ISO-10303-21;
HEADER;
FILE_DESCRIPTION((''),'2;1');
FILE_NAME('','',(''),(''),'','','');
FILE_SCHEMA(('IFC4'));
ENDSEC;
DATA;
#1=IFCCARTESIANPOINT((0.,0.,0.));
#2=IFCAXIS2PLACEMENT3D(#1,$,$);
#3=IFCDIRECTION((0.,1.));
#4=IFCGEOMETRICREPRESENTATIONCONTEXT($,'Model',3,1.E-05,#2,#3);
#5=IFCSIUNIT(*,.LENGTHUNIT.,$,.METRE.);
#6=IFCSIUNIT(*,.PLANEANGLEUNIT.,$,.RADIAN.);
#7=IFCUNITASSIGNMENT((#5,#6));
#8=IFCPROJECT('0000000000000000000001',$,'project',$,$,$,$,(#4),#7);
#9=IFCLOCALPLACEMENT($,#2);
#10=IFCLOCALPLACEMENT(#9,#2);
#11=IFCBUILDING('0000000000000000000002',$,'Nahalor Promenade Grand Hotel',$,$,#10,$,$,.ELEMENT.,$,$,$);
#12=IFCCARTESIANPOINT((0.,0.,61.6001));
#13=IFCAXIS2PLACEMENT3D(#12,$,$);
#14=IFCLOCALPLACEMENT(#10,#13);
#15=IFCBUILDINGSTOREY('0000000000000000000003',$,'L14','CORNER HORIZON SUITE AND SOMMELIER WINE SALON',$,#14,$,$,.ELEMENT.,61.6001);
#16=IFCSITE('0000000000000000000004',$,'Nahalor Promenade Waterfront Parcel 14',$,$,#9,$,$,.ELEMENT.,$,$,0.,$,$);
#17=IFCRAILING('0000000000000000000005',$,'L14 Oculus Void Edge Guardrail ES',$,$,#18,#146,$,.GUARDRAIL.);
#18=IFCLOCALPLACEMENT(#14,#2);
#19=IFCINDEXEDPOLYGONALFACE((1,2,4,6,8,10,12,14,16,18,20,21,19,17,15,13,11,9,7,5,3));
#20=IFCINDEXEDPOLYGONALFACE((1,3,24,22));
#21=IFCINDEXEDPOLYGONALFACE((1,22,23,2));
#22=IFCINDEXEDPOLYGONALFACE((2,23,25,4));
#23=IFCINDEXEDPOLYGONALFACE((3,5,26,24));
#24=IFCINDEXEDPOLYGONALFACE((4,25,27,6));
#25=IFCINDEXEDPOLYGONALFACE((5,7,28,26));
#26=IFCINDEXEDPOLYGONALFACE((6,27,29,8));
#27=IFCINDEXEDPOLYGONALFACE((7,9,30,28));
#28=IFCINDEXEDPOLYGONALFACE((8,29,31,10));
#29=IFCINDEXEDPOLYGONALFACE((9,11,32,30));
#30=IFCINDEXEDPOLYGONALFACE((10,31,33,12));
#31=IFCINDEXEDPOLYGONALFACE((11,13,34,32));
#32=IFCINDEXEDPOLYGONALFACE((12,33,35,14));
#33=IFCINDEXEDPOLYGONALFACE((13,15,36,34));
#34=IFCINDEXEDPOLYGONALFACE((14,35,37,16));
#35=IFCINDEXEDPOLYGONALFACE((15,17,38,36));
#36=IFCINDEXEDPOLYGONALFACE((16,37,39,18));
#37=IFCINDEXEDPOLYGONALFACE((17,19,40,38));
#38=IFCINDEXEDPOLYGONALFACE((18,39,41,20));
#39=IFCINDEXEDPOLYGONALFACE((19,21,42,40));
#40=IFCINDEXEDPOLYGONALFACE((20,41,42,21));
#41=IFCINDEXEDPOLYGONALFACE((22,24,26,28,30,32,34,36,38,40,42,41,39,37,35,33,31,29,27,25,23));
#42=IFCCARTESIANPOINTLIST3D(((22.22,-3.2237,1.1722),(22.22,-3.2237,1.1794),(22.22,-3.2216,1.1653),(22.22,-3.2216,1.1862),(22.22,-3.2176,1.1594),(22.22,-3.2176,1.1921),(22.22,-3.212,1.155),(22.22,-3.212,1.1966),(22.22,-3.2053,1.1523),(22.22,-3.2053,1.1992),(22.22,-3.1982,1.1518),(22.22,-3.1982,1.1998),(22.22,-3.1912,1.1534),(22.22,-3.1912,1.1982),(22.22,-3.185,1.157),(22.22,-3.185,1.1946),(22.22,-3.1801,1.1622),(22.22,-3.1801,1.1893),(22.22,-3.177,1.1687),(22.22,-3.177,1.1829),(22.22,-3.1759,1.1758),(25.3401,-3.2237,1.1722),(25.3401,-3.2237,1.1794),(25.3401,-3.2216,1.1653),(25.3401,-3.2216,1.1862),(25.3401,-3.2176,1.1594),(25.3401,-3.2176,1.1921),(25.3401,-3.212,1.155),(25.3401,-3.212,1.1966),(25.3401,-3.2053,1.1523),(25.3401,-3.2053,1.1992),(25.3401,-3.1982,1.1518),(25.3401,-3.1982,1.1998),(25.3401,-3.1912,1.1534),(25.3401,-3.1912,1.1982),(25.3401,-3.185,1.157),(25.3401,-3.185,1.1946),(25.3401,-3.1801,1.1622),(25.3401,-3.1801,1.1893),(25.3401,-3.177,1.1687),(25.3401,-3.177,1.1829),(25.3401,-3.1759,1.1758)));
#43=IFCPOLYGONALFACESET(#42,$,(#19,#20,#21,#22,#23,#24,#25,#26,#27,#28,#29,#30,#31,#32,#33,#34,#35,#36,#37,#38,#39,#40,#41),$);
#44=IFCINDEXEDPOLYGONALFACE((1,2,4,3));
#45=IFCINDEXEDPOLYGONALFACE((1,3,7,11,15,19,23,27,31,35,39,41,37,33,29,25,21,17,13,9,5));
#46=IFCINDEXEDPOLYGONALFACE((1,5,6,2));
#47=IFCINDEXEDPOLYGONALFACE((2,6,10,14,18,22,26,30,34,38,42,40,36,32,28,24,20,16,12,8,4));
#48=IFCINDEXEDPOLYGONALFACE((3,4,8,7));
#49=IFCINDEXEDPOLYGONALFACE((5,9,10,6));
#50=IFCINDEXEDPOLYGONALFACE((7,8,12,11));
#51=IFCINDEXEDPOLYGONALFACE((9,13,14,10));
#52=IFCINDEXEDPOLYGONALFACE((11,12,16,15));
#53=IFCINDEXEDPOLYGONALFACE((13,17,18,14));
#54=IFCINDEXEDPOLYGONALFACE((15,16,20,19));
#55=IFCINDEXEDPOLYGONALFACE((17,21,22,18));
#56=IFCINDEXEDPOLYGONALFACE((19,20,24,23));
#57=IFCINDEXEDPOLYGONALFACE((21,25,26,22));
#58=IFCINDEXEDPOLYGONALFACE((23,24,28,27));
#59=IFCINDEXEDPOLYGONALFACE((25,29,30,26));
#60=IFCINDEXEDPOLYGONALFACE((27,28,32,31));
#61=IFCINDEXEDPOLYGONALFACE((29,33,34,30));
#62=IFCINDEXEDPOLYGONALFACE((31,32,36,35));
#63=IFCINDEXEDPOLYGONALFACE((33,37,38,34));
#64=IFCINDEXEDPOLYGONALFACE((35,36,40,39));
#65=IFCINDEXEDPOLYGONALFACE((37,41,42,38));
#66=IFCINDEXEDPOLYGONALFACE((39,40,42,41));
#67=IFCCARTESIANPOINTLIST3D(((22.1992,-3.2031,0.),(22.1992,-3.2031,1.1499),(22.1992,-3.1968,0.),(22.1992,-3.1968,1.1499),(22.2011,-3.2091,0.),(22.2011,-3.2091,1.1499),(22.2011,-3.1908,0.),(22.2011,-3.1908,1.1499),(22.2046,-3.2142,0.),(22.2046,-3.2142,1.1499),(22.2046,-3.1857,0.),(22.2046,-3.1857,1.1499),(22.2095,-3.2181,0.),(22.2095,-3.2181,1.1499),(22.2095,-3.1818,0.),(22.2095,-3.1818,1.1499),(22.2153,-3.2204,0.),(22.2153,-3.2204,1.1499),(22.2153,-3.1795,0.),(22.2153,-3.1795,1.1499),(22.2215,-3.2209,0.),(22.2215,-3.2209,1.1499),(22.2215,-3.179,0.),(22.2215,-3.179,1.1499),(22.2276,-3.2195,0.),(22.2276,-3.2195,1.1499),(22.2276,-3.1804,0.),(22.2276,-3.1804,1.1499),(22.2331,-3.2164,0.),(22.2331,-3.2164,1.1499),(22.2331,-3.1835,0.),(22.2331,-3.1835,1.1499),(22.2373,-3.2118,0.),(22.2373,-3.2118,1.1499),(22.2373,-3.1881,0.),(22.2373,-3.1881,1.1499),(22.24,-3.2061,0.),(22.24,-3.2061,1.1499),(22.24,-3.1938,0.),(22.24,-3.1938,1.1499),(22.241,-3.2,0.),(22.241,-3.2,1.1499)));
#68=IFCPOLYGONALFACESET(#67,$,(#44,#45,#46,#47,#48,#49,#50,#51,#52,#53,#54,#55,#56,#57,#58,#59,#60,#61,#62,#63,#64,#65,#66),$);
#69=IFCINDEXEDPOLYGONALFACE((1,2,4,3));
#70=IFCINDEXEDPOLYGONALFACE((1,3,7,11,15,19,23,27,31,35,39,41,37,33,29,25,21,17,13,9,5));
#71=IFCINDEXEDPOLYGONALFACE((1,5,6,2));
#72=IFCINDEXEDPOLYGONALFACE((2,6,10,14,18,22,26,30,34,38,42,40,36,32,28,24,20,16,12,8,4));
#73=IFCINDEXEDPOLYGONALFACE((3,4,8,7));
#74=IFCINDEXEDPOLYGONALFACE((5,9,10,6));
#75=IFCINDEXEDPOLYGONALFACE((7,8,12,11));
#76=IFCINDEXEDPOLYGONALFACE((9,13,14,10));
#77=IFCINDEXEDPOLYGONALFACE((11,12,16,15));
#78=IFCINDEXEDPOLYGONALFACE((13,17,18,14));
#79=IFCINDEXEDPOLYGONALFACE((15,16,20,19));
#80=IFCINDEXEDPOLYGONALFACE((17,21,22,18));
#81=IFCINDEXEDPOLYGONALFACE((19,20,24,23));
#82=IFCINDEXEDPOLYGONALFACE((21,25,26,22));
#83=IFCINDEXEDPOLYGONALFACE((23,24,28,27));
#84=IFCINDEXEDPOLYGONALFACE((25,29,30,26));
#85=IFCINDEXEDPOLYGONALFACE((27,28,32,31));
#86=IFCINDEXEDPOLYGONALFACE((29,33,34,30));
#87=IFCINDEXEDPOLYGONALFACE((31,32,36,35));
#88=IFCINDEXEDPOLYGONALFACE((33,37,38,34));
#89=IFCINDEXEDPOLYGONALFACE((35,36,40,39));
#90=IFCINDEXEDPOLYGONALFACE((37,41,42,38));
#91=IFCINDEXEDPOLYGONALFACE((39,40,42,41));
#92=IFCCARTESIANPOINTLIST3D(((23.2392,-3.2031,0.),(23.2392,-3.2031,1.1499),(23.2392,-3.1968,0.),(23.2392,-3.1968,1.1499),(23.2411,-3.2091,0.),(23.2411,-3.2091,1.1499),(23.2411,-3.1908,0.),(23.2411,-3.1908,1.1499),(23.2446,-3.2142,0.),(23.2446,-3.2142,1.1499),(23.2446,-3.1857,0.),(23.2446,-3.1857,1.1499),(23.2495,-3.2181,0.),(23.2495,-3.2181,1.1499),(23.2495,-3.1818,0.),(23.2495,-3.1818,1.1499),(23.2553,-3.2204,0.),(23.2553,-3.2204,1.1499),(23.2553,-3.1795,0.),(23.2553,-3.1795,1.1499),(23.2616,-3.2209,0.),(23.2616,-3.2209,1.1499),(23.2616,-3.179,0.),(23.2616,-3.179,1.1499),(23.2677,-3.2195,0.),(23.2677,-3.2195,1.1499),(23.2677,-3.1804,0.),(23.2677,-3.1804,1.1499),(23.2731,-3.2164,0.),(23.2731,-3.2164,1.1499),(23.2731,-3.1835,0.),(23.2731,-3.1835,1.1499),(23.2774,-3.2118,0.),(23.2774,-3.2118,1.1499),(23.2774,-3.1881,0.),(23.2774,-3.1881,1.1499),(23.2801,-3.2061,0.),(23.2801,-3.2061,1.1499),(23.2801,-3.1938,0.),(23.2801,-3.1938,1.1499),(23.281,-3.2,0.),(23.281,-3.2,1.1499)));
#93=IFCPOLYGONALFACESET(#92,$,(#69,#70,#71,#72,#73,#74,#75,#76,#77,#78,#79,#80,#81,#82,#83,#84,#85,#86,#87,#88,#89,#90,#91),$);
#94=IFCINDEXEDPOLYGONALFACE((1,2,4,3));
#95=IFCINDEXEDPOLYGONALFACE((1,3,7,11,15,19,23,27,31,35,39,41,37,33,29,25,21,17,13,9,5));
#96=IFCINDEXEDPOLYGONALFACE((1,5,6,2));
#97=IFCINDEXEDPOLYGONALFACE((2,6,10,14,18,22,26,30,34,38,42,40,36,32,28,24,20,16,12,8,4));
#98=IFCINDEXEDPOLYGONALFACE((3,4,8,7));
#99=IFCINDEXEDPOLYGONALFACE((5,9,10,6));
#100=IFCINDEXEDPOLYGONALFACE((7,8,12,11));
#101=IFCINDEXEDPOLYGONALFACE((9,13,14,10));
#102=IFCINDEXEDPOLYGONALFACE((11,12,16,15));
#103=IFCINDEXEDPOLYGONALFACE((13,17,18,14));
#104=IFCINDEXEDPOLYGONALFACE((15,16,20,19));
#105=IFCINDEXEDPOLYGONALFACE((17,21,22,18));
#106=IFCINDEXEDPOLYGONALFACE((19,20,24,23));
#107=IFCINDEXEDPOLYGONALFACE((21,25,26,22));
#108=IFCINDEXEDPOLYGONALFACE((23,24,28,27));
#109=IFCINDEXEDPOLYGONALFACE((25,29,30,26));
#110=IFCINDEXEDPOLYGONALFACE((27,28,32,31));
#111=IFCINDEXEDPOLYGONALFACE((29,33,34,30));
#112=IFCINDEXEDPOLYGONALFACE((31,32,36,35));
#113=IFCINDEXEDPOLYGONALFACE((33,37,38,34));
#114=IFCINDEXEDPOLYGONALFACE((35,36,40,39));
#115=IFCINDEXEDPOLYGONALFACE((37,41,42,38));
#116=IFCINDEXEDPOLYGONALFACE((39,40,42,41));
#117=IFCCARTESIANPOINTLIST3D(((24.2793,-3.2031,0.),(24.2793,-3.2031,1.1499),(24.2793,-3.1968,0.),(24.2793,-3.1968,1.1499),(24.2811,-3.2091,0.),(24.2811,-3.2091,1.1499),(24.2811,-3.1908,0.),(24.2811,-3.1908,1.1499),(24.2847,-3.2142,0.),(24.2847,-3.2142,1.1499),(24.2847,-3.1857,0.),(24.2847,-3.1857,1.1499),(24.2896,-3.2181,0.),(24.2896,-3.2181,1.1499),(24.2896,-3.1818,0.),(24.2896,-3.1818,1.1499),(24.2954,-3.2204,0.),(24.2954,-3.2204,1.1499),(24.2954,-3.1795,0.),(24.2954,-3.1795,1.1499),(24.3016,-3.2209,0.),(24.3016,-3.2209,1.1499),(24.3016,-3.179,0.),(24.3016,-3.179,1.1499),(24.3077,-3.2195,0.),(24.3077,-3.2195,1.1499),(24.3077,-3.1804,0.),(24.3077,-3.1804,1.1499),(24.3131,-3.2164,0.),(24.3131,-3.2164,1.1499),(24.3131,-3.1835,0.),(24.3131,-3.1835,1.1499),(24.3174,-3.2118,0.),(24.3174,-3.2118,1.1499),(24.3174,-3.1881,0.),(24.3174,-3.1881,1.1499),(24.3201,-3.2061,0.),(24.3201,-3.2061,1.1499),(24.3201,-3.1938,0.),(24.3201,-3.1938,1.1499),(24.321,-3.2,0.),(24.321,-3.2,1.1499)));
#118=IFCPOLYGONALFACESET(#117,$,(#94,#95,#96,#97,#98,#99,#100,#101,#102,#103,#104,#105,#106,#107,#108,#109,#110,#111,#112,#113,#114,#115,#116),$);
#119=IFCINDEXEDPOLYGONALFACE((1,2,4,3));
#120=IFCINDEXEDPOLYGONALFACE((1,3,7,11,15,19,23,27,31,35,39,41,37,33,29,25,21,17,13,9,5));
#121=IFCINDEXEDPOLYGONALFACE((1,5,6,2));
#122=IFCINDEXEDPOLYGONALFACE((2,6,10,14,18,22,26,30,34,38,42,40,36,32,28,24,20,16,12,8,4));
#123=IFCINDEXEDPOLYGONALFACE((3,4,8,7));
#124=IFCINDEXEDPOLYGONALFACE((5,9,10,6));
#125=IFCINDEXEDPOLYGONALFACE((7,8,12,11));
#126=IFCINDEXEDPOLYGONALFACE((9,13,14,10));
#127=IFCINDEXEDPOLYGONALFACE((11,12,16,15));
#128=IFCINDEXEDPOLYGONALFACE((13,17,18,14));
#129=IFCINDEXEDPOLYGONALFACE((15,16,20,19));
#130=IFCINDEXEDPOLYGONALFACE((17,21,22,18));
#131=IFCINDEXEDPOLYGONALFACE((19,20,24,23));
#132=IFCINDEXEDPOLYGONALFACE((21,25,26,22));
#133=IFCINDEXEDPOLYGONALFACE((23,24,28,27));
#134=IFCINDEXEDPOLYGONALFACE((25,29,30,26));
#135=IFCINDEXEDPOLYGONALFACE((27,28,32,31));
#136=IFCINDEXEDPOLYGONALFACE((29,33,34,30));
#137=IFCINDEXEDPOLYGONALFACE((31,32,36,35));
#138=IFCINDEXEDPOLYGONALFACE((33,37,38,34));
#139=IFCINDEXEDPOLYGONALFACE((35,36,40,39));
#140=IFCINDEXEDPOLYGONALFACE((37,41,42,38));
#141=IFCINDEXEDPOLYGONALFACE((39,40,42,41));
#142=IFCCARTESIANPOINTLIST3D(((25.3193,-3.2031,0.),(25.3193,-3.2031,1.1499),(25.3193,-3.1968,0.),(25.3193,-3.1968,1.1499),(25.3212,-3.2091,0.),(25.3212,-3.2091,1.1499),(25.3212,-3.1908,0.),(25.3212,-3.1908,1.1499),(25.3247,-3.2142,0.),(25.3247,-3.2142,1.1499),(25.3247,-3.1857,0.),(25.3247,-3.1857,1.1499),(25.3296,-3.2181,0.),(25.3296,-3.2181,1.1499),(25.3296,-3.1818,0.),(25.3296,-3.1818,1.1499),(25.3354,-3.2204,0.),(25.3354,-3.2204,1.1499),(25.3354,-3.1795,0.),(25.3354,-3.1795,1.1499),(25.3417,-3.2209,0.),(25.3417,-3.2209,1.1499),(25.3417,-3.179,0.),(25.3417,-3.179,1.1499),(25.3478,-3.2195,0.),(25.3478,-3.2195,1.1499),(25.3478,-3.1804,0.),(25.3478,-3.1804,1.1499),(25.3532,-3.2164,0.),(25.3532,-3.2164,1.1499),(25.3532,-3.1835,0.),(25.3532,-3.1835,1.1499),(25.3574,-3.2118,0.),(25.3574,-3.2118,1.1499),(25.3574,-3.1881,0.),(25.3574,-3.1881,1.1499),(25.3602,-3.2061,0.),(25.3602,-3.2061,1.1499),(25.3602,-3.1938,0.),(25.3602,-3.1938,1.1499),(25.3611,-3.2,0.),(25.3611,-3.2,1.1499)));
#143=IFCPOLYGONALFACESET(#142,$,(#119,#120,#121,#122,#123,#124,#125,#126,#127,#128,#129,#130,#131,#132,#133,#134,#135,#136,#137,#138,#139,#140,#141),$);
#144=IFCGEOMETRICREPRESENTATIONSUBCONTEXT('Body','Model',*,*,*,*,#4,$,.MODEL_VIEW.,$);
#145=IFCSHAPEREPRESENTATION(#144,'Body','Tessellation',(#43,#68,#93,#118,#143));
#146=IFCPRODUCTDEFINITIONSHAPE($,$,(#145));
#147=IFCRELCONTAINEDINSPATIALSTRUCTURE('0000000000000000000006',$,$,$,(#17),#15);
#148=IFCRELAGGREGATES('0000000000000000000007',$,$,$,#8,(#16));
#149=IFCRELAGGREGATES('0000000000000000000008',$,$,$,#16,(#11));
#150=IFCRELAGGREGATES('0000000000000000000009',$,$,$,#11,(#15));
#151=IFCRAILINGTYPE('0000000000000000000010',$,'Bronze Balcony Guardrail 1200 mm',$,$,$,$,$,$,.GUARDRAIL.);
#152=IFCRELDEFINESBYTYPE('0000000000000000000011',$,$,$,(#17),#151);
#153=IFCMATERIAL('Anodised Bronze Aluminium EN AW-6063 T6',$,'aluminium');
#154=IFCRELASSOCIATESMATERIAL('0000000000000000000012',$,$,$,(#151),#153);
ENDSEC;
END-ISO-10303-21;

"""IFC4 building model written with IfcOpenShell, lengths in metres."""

from ifc_helpers import new_model, si_unit, direction, frame, origin, origin_2d, place, context, subcontext, project, spatial, circle, extrude, material, type_object, element, save


model = new_model("IFC4")

# Units and contexts
model_context = context("Model", 3, precision=1e-05, world=origin(), true_north=direction((0.0, 1.0)))
body_context = subcontext(model_context, "Body", "Model", "MODEL_VIEW")
ifc_project = project(units=[si_unit("LENGTHUNIT", "METRE"), si_unit("PLANEANGLEUNIT", "RADIAN")], contexts=[model_context])

# Site, building, storey
site_placement = place(None, origin())
site = spatial("IfcSite", under=ifc_project, at=site_placement, Name="Nahalor Promenade Waterfront Parcel 14", CompositionType="ELEMENT", RefElevation=0.0)
building_placement = place(site_placement, origin())
building = spatial("IfcBuilding", under=site, at=building_placement, Name="Nahalor Promenade Grand Hotel", CompositionType="ELEMENT")
storey_placement = place(building_placement, frame((0.0, 0.0, 61.6001)))
storey = spatial("IfcBuildingStorey", under=building, at=storey_placement, Name="L14", Description="CORNER HORIZON SUITE AND SOMMELIER WINE SALON", CompositionType="ELEMENT", Elevation=61.6001)

# Shared definitions
ifc_material_1 = material(Name="Anodised Bronze Aluminium EN AW-6063 T6", Category="aluminium")

# Railing
railing_type = type_object("IfcRailingType", Name="Bronze Balcony Guardrail 1200 mm", PredefinedType="GUARDRAIL", material=ifc_material_1)
railing_placement = place(storey_placement, frame((22.22, -3.2, 0.0)))
element("IfcRailing", 1, at=railing_placement, inside=storey, type_object=railing_type, Name="L14 Oculus Void Edge Guardrail ES", PredefinedType="GUARDRAIL", context=body_context, shape_type="SweptSolid", body=[
    extrude(circle(Radius=0.024, at=origin_2d()), frame((0.0, 0.0, 1.1758), z_axis=(1.0, 0.0, 0.0), x_axis=(0.0, 1.0, 0.0)), (0.0, 0.0, 1.0), 3.1201),
    extrude(circle(Radius=0.021, at=origin_2d()), origin(), (0.0, 0.0, 1.0), 1.1499),
    extrude(circle(Radius=0.021, at=origin_2d()), frame((1.04, 0.0, 0.0)), (0.0, 0.0, 1.0), 1.1499),
    extrude(circle(Radius=0.021, at=origin_2d()), frame((2.0801, 0.0, 0.0)), (0.0, 0.0, 1.0), 1.1499),
    extrude(circle(Radius=0.021, at=origin_2d()), frame((3.1201, 0.0, 0.0)), (0.0, 0.0, 1.0), 1.1499),
])

save(model, "model.ifc")
